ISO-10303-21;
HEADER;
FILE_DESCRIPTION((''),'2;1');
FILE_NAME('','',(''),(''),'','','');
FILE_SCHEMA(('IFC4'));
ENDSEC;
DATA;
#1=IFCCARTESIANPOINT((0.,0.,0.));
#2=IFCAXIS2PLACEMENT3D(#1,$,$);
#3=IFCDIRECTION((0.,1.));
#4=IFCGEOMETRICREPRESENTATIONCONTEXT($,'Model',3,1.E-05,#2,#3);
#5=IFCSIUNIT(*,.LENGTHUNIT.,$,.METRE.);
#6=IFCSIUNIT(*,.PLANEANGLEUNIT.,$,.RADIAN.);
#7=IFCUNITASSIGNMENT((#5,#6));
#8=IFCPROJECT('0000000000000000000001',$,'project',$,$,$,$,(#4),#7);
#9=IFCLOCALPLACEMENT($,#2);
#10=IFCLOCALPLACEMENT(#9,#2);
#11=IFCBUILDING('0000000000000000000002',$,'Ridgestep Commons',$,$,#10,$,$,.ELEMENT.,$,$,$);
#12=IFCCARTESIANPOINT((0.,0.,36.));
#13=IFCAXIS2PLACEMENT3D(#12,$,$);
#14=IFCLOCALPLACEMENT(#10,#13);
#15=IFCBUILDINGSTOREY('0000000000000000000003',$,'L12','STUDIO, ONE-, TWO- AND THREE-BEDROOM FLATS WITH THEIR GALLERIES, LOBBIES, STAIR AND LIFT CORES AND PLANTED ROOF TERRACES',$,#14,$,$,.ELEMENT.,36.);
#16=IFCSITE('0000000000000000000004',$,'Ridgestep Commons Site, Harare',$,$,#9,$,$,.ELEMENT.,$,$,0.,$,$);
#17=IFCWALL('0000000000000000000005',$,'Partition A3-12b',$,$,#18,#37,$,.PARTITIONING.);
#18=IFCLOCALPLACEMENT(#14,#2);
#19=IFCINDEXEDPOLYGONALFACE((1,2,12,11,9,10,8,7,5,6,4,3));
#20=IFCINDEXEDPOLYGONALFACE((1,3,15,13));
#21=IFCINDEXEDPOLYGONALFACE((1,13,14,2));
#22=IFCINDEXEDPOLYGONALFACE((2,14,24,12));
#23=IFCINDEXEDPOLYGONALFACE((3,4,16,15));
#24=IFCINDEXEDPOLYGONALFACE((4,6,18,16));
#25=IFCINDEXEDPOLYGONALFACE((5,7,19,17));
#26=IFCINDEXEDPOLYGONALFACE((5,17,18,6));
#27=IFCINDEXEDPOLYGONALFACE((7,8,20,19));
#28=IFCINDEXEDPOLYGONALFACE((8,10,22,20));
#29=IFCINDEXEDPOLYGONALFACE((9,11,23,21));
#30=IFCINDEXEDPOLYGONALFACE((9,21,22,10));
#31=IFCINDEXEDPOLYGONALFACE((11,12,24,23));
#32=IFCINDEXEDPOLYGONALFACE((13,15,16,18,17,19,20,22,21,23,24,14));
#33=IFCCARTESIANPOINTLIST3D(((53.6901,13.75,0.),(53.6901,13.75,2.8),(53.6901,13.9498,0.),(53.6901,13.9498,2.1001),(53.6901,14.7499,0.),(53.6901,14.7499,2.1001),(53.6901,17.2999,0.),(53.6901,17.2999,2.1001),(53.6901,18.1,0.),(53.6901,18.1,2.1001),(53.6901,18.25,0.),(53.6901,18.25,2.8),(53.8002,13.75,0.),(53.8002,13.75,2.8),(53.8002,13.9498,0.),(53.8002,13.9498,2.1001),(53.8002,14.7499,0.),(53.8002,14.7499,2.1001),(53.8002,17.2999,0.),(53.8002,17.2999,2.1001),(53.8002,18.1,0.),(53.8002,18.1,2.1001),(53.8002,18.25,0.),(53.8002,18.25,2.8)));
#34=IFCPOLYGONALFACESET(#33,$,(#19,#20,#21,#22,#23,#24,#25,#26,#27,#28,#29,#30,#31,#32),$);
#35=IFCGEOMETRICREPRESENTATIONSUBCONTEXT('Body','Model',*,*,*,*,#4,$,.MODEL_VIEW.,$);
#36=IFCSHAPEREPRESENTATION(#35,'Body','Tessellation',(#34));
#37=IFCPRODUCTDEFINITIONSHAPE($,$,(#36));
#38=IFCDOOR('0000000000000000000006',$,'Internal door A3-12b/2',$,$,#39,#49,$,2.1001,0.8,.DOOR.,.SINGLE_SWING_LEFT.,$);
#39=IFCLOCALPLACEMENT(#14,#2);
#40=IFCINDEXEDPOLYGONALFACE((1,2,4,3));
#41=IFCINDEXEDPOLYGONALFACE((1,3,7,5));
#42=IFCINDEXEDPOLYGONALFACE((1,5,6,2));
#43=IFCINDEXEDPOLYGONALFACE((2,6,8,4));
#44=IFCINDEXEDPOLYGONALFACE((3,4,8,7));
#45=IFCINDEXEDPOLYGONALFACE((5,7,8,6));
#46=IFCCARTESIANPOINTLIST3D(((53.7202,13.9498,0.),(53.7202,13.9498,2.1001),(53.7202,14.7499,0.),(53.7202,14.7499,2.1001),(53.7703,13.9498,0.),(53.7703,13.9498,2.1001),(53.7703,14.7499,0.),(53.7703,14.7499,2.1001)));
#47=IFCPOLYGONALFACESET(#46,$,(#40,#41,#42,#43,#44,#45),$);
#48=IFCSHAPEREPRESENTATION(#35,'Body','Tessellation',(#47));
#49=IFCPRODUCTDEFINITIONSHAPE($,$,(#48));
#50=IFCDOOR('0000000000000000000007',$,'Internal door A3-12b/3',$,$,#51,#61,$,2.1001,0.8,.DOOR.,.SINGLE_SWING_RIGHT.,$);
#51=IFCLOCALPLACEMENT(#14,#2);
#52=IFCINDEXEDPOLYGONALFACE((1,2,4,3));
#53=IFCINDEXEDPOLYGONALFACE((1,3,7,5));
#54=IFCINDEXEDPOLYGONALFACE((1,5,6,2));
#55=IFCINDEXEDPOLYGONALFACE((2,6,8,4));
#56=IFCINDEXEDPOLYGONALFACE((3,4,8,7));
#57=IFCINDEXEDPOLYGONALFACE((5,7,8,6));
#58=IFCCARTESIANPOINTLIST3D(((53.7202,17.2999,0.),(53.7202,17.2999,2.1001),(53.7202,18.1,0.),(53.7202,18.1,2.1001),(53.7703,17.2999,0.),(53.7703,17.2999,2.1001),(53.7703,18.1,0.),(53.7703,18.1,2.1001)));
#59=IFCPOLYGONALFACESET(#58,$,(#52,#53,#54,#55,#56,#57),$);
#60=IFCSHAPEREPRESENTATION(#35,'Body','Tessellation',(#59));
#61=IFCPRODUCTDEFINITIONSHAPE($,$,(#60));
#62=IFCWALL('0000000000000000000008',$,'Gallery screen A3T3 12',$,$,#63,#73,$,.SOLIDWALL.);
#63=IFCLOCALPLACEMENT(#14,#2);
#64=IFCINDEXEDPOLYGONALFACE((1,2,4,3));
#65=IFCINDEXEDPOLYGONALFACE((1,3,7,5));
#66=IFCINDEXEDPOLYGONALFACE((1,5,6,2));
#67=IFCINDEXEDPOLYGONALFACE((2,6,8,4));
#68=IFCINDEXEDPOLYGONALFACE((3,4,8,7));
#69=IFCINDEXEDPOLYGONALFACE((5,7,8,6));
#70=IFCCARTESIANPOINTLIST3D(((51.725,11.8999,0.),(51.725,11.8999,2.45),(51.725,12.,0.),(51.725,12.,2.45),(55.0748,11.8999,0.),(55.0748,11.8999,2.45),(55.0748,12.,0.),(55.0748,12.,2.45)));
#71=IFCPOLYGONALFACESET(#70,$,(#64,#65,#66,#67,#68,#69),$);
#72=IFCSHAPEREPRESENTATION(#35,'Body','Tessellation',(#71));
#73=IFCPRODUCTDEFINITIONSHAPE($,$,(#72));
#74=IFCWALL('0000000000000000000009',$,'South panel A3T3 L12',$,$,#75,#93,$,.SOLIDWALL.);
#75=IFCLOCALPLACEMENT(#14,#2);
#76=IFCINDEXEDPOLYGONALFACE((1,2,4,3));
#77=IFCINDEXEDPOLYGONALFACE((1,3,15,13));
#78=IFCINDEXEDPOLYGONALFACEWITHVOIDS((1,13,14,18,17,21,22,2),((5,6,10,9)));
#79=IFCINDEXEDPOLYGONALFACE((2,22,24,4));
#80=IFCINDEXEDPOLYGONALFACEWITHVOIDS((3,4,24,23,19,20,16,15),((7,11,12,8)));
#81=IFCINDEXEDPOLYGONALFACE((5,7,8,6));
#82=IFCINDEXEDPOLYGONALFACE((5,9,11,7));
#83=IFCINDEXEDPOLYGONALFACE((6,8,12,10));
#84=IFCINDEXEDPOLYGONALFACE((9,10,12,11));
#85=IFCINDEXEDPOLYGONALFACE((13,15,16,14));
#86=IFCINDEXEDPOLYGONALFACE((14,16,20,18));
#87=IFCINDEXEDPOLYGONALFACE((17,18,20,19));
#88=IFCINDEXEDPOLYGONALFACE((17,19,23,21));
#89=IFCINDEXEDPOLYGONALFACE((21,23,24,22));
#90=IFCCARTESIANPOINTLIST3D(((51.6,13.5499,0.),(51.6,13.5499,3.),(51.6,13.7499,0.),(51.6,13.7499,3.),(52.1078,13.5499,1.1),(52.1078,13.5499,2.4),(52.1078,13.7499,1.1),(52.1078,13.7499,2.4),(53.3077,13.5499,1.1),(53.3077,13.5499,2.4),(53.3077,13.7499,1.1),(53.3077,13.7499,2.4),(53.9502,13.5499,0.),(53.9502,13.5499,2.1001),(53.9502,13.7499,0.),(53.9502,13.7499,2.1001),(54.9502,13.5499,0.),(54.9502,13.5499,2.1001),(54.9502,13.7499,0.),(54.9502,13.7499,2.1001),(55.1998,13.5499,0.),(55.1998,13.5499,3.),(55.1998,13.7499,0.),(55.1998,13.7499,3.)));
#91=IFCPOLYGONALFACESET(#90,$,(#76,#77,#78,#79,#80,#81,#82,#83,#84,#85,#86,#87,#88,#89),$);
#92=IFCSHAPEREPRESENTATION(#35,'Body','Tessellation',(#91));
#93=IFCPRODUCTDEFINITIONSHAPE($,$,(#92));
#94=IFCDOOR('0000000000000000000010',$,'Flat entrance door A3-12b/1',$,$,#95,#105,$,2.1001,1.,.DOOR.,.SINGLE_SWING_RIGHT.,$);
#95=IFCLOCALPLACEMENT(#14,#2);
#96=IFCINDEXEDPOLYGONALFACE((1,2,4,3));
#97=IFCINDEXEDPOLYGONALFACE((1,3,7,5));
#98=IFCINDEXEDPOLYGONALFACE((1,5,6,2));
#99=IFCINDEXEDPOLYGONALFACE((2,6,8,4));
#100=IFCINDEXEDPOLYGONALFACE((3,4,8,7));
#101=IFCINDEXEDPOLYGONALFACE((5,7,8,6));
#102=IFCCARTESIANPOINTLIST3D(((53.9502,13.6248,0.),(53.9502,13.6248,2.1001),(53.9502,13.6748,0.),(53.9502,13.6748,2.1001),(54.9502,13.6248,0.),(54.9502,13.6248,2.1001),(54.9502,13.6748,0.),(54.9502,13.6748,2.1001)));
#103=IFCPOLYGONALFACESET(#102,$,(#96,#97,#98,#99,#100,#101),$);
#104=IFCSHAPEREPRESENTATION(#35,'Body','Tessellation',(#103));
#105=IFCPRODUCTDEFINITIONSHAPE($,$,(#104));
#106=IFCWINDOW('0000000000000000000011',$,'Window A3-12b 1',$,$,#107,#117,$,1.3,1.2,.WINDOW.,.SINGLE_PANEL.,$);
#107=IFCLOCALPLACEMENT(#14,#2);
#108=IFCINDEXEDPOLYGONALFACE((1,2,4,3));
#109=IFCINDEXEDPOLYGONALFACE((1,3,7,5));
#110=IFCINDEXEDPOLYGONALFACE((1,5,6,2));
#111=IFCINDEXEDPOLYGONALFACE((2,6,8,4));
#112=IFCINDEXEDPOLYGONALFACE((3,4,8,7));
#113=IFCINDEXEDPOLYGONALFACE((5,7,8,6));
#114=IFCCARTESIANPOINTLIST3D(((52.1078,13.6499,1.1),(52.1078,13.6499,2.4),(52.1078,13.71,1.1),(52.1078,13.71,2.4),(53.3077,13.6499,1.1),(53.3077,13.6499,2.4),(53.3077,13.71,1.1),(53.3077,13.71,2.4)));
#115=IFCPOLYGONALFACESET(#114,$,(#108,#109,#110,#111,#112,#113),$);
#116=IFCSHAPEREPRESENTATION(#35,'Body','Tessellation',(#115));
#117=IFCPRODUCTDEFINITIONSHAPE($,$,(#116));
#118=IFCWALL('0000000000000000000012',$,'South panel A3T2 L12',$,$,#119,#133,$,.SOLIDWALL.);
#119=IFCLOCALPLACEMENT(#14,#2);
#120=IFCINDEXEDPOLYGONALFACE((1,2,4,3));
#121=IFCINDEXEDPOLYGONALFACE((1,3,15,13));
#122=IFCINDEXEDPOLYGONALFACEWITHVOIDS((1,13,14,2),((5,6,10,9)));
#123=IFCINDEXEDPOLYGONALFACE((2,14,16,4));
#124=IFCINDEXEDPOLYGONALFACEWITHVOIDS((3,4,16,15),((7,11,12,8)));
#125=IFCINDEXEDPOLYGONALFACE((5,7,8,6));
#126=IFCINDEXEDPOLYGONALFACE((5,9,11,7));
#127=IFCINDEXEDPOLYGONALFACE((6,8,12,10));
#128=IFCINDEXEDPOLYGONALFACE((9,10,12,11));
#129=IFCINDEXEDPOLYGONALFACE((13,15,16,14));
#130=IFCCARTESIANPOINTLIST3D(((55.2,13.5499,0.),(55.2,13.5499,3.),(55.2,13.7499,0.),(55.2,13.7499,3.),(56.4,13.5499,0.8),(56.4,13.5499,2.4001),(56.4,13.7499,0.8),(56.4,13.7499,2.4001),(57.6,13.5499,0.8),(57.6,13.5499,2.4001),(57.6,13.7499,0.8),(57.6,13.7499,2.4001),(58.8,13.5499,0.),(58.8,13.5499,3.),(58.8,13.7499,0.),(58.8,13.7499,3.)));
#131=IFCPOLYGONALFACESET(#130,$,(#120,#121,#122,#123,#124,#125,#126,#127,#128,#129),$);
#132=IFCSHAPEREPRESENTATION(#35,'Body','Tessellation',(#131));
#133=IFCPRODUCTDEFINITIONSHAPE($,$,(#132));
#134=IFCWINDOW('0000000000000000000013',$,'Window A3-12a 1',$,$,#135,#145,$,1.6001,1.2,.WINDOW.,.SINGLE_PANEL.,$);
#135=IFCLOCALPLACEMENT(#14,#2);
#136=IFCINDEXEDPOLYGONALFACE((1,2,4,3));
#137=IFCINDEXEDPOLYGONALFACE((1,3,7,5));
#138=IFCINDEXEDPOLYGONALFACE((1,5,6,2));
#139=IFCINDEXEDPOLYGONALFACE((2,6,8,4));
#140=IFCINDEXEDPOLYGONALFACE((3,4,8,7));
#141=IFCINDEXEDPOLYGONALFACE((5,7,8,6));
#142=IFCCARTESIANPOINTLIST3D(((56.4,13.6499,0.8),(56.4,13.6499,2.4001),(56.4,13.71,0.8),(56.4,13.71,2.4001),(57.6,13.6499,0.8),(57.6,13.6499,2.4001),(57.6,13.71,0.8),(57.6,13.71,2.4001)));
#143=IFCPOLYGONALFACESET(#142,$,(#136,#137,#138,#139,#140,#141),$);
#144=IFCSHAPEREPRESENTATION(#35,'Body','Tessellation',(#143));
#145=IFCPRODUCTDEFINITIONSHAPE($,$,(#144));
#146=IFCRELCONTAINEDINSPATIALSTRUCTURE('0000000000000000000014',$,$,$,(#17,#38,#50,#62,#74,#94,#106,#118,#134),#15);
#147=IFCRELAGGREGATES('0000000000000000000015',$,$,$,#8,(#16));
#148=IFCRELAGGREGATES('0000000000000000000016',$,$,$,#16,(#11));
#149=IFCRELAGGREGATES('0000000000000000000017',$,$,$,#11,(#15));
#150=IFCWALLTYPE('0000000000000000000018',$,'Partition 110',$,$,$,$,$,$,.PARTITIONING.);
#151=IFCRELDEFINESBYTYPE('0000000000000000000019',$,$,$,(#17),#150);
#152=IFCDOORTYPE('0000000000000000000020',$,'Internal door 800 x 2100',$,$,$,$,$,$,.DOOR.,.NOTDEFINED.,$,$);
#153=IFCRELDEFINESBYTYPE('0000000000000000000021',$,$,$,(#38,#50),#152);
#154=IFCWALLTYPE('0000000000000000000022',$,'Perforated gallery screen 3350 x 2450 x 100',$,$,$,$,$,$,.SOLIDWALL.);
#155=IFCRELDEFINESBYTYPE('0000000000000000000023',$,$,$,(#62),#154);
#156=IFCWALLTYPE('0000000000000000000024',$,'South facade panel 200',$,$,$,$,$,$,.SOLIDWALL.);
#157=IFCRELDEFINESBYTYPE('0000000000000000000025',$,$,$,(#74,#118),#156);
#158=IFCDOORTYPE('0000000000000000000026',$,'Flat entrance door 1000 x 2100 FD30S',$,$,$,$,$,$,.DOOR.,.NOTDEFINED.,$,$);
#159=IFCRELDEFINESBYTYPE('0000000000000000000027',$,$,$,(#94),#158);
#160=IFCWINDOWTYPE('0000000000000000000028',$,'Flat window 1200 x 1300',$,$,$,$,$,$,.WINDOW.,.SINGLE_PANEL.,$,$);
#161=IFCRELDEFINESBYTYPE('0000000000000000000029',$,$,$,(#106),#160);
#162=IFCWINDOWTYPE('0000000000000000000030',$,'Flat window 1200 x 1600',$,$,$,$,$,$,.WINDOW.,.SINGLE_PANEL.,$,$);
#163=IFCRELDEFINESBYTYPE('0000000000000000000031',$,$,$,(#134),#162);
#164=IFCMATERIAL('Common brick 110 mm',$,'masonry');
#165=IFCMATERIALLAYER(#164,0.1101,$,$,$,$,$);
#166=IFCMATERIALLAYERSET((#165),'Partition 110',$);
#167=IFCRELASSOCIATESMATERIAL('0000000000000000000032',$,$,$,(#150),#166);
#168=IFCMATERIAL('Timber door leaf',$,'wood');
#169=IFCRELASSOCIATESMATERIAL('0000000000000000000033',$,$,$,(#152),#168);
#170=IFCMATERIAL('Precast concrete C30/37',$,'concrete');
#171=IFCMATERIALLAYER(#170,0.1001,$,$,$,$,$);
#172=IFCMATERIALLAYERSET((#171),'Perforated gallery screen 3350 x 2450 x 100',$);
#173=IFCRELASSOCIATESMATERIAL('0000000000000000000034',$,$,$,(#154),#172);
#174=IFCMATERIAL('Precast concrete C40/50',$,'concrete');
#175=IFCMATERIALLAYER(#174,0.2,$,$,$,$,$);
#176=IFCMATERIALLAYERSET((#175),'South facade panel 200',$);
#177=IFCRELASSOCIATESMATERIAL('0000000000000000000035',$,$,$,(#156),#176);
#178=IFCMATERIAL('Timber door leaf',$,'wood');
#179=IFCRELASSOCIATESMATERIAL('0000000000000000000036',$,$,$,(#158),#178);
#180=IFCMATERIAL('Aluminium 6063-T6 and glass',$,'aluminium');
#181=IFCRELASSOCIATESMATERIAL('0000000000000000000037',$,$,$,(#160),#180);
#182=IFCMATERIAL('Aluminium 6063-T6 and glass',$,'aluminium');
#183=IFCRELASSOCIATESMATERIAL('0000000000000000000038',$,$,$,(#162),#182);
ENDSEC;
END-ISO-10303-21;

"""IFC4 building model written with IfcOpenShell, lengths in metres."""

from ifc_helpers import new_model, si_unit, direction, frame, frame_2d, origin, place, context, subcontext, project, spatial, rectangle, extrude, material, layer, layer_set, type_object, element, fill, save


model = new_model("IFC4")

# Units and contexts
model_context = context("Model", 3, precision=1e-05, world=origin(), true_north=direction((0.0, 1.0)))
body_context = subcontext(model_context, "Body", "Model", "MODEL_VIEW")
ifc_project = project(units=[si_unit("LENGTHUNIT", "METRE"), si_unit("PLANEANGLEUNIT", "RADIAN")], contexts=[model_context])

# Site, building, storey
site_placement = place(None, origin())
site = spatial("IfcSite", under=ifc_project, at=site_placement, Name="Ridgestep Commons Site, Harare", CompositionType="ELEMENT", RefElevation=0.0)
building_placement = place(site_placement, origin())
building = spatial("IfcBuilding", under=site, at=building_placement, Name="Ridgestep Commons", CompositionType="ELEMENT")
storey_placement = place(building_placement, frame((0.0, 0.0, 36.0)))
storey = spatial("IfcBuildingStorey", under=building, at=storey_placement, Name="L12", Description="STUDIO, ONE-, TWO- AND THREE-BEDROOM FLATS WITH THEIR GALLERIES, LOBBIES, STAIR AND LIFT CORES AND PLANTED ROOF TERRACES", CompositionType="ELEMENT", Elevation=36.0)

# Wall, openings, doors
ifc_material_1 = material(Name="Common brick 110 mm", Category="masonry")
ifc_layer_1 = layer(ifc_material_1, 0.1101)
ifc_layer_set_1 = layer_set([ifc_layer_1], Name="Partition 110")
wall_type_1 = type_object("IfcWallType", Name="Partition 110", PredefinedType="PARTITIONING", material=ifc_layer_set_1)
wall_1_placement = place(storey_placement, frame((53.7451, 13.75, 0.0), z_axis=(0.0, 0.0, 1.0), x_axis=(0.0, 1.0, 0.0)))
wall_1 = element("IfcWall", 1, at=wall_1_placement, inside=storey, type_object=wall_type_1, Name="Partition A3-12b", PredefinedType="PARTITIONING", context=body_context, shape_type="SweptSolid", body=[
    extrude(rectangle(XDim=4.5, YDim=0.1101, at=frame_2d((2.25, 0.0))), origin(), (0.0, 0.0, 1.0), 2.8),
])
opening_1_placement = place(wall_1_placement, frame((0.2, 0.0, 0.0)))
opening_1 = element("IfcOpeningElement", 2, at=opening_1_placement, cuts=wall_1, PredefinedType="OPENING", context=body_context, shape_type="SweptSolid", body=[
    extrude(rectangle(XDim=0.8, YDim=2.1001, at=frame_2d((0.3999, 1.05))), frame((0.0, 0.0649, 0.0), z_axis=(0.0, -1.0, 0.0), x_axis=(1.0, 0.0, 0.0)), (0.0, 0.0, 1.0), 0.1301),
])
opening_2_placement = place(wall_1_placement, frame((3.55, 0.0, 0.0)))
opening_2 = element("IfcOpeningElement", 3, at=opening_2_placement, cuts=wall_1, PredefinedType="OPENING", context=body_context, shape_type="SweptSolid", body=[
    extrude(rectangle(XDim=0.8, YDim=2.1001, at=frame_2d((0.3999, 1.05))), frame((0.0, 0.0649, 0.0), z_axis=(0.0, -1.0, 0.0), x_axis=(1.0, 0.0, 0.0)), (0.0, 0.0, 1.0), 0.1301),
])
ifc_material_2 = material(Name="Timber door leaf", Category="wood")
door_type_1 = type_object("IfcDoorType", Name="Internal door 800 x 2100", OperationType="NOTDEFINED", PredefinedType="DOOR", material=ifc_material_2)
door_1_placement = place(opening_1_placement, origin())
door_1 = element("IfcDoor", 4, at=door_1_placement, inside=storey, type_object=door_type_1, Name="Internal door A3-12b/2", OperationType="SINGLE_SWING_LEFT", OverallHeight=2.1001, OverallWidth=0.8, PredefinedType="DOOR", context=body_context, shape_type="SweptSolid", body=[
    extrude(rectangle(XDim=0.8, YDim=2.1001, at=frame_2d((0.3999, 1.05))), frame((0.0, 0.0249, 0.0), z_axis=(0.0, -1.0, 0.0), x_axis=(1.0, 0.0, 0.0)), (0.0, 0.0, 1.0), 0.05),
])
fill(opening_1, door_1)
door_2_placement = place(opening_2_placement, origin())
door_2 = element("IfcDoor", 5, at=door_2_placement, inside=storey, type_object=door_type_1, Name="Internal door A3-12b/3", OperationType="SINGLE_SWING_RIGHT", OverallHeight=2.1001, OverallWidth=0.8, PredefinedType="DOOR", context=body_context, shape_type="SweptSolid", body=[
    extrude(rectangle(XDim=0.8, YDim=2.1001, at=frame_2d((0.3999, 1.05))), frame((0.0, 0.0249, 0.0), z_axis=(0.0, -1.0, 0.0), x_axis=(1.0, 0.0, 0.0)), (0.0, 0.0, 1.0), 0.05),
])
fill(opening_2, door_2)

# Wall
ifc_material_3 = material(Name="Precast concrete C30/37", Category="concrete")
ifc_layer_2 = layer(ifc_material_3, 0.1001)
ifc_layer_set_2 = layer_set([ifc_layer_2], Name="Perforated gallery screen 3350 x 2450 x 100")
wall_type_2 = type_object("IfcWallType", Name="Perforated gallery screen 3350 x 2450 x 100", PredefinedType="SOLIDWALL", material=ifc_layer_set_2)
wall_2_placement = place(storey_placement, frame((51.7251, 11.95, 0.0), z_axis=(0.0, 0.0, 1.0), x_axis=(1.0, 0.0, 0.0)))
element("IfcWall", 6, at=wall_2_placement, inside=storey, type_object=wall_type_2, Name="Gallery screen A3T3 12", PredefinedType="SOLIDWALL", context=body_context, shape_type="SweptSolid", body=[
    extrude(rectangle(XDim=3.3499, YDim=0.1001, at=frame_2d((1.6748, 0.0))), origin(), (0.0, 0.0, 1.0), 2.45),
])

# Wall, openings, door, window
ifc_material_4 = material(Name="Precast concrete C40/50", Category="concrete")
ifc_layer_3 = layer(ifc_material_4, 0.2)
ifc_layer_set_3 = layer_set([ifc_layer_3], Name="South facade panel 200")
wall_type_3 = type_object("IfcWallType", Name="South facade panel 200", PredefinedType="SOLIDWALL", material=ifc_layer_set_3)
wall_3_placement = place(storey_placement, frame((51.6001, 13.6499, 0.0), z_axis=(0.0, 0.0, 1.0), x_axis=(1.0, 0.0, 0.0)))
wall_3 = element("IfcWall", 7, at=wall_3_placement, inside=storey, type_object=wall_type_3, Name="South panel A3T3 L12", PredefinedType="SOLIDWALL", context=body_context, shape_type="SweptSolid", body=[
    extrude(rectangle(XDim=3.5999, YDim=0.2, at=frame_2d((1.7998, 0.0))), origin(), (0.0, 0.0, 1.0), 3.0),
])
opening_3_placement = place(wall_3_placement, frame((0.5076, 0.0, 1.1001)))
opening_3 = element("IfcOpeningElement", 8, at=opening_3_placement, cuts=wall_3, PredefinedType="OPENING", context=body_context, shape_type="SweptSolid", body=[
    extrude(rectangle(XDim=1.2, YDim=1.3, at=frame_2d((0.6001, 0.6499))), frame((0.0, 0.1099, 0.0), z_axis=(0.0, -1.0, 0.0), x_axis=(1.0, 0.0, 0.0)), (0.0, 0.0, 1.0), 0.22),
])
opening_4_placement = place(wall_3_placement, frame((2.3501, 0.0, 0.0)))
opening_4 = element("IfcOpeningElement", 9, at=opening_4_placement, cuts=wall_3, PredefinedType="OPENING", context=body_context, shape_type="SweptSolid", body=[
    extrude(rectangle(XDim=1.0, YDim=2.1001, at=frame_2d((0.5, 1.05))), frame((0.0, 0.1099, 0.0), z_axis=(0.0, -1.0, 0.0), x_axis=(1.0, 0.0, 0.0)), (0.0, 0.0, 1.0), 0.22),
])
ifc_material_5 = material(Name="Timber door leaf", Category="wood")
door_type_2 = type_object("IfcDoorType", Name="Flat entrance door 1000 x 2100 FD30S", OperationType="NOTDEFINED", PredefinedType="DOOR", material=ifc_material_5)
door_3_placement = place(opening_4_placement, origin())
door_3 = element("IfcDoor", 10, at=door_3_placement, inside=storey, type_object=door_type_2, Name="Flat entrance door A3-12b/1", OperationType="SINGLE_SWING_RIGHT", OverallHeight=2.1001, OverallWidth=1.0, PredefinedType="DOOR", context=body_context, shape_type="SweptSolid", body=[
    extrude(rectangle(XDim=1.0, YDim=2.1001, at=frame_2d((0.5, 1.05))), frame((0.0, 0.0249, 0.0), z_axis=(0.0, -1.0, 0.0), x_axis=(1.0, 0.0, 0.0)), (0.0, 0.0, 1.0), 0.05),
])
fill(opening_4, door_3)
ifc_material_6 = material(Name="Aluminium 6063-T6 and glass", Category="aluminium")
window_type_1 = type_object("IfcWindowType", Name="Flat window 1200 x 1300", PartitioningType="SINGLE_PANEL", PredefinedType="WINDOW", material=ifc_material_6)
window_1_placement = place(opening_3_placement, origin())
window_1 = element("IfcWindow", 11, at=window_1_placement, inside=storey, type_object=window_type_1, Name="Window A3-12b 1", OverallHeight=1.3, OverallWidth=1.2, PartitioningType="SINGLE_PANEL", PredefinedType="WINDOW", context=body_context, shape_type="SweptSolid", body=[
    extrude(rectangle(XDim=1.2, YDim=1.3, at=frame_2d((0.6001, 0.6499))), frame((0.0, 0.0601, 0.0), z_axis=(0.0, -1.0, 0.0), x_axis=(1.0, 0.0, 0.0)), (0.0, 0.0, 1.0), 0.0601),
])
fill(opening_3, window_1)

# Wall, opening, window
wall_4_placement = place(storey_placement, frame((55.2, 13.6499, 0.0), z_axis=(0.0, 0.0, 1.0), x_axis=(1.0, 0.0, 0.0)))
wall_4 = element("IfcWall", 12, at=wall_4_placement, inside=storey, type_object=wall_type_3, Name="South panel A3T2 L12", PredefinedType="SOLIDWALL", context=body_context, shape_type="SweptSolid", body=[
    extrude(rectangle(XDim=3.6001, YDim=0.2, at=frame_2d((1.8, 0.0))), origin(), (0.0, 0.0, 1.0), 3.0),
])
opening_5_placement = place(wall_4_placement, frame((1.2, 0.0, 0.8)))
opening_5 = element("IfcOpeningElement", 13, at=opening_5_placement, cuts=wall_4, PredefinedType="OPENING", context=body_context, shape_type="SweptSolid", body=[
    extrude(rectangle(XDim=1.2, YDim=1.6001, at=frame_2d((0.6001, 0.8))), frame((0.0, 0.1099, 0.0), z_axis=(0.0, -1.0, 0.0), x_axis=(1.0, 0.0, 0.0)), (0.0, 0.0, 1.0), 0.22),
])
ifc_material_7 = material(Name="Aluminium 6063-T6 and glass", Category="aluminium")
window_type_2 = type_object("IfcWindowType", Name="Flat window 1200 x 1600", PartitioningType="SINGLE_PANEL", PredefinedType="WINDOW", material=ifc_material_7)
window_2_placement = place(opening_5_placement, origin())
window_2 = element("IfcWindow", 14, at=window_2_placement, inside=storey, type_object=window_type_2, Name="Window A3-12a 1", OverallHeight=1.6001, OverallWidth=1.2, PartitioningType="SINGLE_PANEL", PredefinedType="WINDOW", context=body_context, shape_type="SweptSolid", body=[
    extrude(rectangle(XDim=1.2, YDim=1.6001, at=frame_2d((0.6001, 0.8))), frame((0.0, 0.0601, 0.0), z_axis=(0.0, -1.0, 0.0), x_axis=(1.0, 0.0, 0.0)), (0.0, 0.0, 1.0), 0.0601),
])
fill(opening_5, window_2)

save(model, "model.ifc")
